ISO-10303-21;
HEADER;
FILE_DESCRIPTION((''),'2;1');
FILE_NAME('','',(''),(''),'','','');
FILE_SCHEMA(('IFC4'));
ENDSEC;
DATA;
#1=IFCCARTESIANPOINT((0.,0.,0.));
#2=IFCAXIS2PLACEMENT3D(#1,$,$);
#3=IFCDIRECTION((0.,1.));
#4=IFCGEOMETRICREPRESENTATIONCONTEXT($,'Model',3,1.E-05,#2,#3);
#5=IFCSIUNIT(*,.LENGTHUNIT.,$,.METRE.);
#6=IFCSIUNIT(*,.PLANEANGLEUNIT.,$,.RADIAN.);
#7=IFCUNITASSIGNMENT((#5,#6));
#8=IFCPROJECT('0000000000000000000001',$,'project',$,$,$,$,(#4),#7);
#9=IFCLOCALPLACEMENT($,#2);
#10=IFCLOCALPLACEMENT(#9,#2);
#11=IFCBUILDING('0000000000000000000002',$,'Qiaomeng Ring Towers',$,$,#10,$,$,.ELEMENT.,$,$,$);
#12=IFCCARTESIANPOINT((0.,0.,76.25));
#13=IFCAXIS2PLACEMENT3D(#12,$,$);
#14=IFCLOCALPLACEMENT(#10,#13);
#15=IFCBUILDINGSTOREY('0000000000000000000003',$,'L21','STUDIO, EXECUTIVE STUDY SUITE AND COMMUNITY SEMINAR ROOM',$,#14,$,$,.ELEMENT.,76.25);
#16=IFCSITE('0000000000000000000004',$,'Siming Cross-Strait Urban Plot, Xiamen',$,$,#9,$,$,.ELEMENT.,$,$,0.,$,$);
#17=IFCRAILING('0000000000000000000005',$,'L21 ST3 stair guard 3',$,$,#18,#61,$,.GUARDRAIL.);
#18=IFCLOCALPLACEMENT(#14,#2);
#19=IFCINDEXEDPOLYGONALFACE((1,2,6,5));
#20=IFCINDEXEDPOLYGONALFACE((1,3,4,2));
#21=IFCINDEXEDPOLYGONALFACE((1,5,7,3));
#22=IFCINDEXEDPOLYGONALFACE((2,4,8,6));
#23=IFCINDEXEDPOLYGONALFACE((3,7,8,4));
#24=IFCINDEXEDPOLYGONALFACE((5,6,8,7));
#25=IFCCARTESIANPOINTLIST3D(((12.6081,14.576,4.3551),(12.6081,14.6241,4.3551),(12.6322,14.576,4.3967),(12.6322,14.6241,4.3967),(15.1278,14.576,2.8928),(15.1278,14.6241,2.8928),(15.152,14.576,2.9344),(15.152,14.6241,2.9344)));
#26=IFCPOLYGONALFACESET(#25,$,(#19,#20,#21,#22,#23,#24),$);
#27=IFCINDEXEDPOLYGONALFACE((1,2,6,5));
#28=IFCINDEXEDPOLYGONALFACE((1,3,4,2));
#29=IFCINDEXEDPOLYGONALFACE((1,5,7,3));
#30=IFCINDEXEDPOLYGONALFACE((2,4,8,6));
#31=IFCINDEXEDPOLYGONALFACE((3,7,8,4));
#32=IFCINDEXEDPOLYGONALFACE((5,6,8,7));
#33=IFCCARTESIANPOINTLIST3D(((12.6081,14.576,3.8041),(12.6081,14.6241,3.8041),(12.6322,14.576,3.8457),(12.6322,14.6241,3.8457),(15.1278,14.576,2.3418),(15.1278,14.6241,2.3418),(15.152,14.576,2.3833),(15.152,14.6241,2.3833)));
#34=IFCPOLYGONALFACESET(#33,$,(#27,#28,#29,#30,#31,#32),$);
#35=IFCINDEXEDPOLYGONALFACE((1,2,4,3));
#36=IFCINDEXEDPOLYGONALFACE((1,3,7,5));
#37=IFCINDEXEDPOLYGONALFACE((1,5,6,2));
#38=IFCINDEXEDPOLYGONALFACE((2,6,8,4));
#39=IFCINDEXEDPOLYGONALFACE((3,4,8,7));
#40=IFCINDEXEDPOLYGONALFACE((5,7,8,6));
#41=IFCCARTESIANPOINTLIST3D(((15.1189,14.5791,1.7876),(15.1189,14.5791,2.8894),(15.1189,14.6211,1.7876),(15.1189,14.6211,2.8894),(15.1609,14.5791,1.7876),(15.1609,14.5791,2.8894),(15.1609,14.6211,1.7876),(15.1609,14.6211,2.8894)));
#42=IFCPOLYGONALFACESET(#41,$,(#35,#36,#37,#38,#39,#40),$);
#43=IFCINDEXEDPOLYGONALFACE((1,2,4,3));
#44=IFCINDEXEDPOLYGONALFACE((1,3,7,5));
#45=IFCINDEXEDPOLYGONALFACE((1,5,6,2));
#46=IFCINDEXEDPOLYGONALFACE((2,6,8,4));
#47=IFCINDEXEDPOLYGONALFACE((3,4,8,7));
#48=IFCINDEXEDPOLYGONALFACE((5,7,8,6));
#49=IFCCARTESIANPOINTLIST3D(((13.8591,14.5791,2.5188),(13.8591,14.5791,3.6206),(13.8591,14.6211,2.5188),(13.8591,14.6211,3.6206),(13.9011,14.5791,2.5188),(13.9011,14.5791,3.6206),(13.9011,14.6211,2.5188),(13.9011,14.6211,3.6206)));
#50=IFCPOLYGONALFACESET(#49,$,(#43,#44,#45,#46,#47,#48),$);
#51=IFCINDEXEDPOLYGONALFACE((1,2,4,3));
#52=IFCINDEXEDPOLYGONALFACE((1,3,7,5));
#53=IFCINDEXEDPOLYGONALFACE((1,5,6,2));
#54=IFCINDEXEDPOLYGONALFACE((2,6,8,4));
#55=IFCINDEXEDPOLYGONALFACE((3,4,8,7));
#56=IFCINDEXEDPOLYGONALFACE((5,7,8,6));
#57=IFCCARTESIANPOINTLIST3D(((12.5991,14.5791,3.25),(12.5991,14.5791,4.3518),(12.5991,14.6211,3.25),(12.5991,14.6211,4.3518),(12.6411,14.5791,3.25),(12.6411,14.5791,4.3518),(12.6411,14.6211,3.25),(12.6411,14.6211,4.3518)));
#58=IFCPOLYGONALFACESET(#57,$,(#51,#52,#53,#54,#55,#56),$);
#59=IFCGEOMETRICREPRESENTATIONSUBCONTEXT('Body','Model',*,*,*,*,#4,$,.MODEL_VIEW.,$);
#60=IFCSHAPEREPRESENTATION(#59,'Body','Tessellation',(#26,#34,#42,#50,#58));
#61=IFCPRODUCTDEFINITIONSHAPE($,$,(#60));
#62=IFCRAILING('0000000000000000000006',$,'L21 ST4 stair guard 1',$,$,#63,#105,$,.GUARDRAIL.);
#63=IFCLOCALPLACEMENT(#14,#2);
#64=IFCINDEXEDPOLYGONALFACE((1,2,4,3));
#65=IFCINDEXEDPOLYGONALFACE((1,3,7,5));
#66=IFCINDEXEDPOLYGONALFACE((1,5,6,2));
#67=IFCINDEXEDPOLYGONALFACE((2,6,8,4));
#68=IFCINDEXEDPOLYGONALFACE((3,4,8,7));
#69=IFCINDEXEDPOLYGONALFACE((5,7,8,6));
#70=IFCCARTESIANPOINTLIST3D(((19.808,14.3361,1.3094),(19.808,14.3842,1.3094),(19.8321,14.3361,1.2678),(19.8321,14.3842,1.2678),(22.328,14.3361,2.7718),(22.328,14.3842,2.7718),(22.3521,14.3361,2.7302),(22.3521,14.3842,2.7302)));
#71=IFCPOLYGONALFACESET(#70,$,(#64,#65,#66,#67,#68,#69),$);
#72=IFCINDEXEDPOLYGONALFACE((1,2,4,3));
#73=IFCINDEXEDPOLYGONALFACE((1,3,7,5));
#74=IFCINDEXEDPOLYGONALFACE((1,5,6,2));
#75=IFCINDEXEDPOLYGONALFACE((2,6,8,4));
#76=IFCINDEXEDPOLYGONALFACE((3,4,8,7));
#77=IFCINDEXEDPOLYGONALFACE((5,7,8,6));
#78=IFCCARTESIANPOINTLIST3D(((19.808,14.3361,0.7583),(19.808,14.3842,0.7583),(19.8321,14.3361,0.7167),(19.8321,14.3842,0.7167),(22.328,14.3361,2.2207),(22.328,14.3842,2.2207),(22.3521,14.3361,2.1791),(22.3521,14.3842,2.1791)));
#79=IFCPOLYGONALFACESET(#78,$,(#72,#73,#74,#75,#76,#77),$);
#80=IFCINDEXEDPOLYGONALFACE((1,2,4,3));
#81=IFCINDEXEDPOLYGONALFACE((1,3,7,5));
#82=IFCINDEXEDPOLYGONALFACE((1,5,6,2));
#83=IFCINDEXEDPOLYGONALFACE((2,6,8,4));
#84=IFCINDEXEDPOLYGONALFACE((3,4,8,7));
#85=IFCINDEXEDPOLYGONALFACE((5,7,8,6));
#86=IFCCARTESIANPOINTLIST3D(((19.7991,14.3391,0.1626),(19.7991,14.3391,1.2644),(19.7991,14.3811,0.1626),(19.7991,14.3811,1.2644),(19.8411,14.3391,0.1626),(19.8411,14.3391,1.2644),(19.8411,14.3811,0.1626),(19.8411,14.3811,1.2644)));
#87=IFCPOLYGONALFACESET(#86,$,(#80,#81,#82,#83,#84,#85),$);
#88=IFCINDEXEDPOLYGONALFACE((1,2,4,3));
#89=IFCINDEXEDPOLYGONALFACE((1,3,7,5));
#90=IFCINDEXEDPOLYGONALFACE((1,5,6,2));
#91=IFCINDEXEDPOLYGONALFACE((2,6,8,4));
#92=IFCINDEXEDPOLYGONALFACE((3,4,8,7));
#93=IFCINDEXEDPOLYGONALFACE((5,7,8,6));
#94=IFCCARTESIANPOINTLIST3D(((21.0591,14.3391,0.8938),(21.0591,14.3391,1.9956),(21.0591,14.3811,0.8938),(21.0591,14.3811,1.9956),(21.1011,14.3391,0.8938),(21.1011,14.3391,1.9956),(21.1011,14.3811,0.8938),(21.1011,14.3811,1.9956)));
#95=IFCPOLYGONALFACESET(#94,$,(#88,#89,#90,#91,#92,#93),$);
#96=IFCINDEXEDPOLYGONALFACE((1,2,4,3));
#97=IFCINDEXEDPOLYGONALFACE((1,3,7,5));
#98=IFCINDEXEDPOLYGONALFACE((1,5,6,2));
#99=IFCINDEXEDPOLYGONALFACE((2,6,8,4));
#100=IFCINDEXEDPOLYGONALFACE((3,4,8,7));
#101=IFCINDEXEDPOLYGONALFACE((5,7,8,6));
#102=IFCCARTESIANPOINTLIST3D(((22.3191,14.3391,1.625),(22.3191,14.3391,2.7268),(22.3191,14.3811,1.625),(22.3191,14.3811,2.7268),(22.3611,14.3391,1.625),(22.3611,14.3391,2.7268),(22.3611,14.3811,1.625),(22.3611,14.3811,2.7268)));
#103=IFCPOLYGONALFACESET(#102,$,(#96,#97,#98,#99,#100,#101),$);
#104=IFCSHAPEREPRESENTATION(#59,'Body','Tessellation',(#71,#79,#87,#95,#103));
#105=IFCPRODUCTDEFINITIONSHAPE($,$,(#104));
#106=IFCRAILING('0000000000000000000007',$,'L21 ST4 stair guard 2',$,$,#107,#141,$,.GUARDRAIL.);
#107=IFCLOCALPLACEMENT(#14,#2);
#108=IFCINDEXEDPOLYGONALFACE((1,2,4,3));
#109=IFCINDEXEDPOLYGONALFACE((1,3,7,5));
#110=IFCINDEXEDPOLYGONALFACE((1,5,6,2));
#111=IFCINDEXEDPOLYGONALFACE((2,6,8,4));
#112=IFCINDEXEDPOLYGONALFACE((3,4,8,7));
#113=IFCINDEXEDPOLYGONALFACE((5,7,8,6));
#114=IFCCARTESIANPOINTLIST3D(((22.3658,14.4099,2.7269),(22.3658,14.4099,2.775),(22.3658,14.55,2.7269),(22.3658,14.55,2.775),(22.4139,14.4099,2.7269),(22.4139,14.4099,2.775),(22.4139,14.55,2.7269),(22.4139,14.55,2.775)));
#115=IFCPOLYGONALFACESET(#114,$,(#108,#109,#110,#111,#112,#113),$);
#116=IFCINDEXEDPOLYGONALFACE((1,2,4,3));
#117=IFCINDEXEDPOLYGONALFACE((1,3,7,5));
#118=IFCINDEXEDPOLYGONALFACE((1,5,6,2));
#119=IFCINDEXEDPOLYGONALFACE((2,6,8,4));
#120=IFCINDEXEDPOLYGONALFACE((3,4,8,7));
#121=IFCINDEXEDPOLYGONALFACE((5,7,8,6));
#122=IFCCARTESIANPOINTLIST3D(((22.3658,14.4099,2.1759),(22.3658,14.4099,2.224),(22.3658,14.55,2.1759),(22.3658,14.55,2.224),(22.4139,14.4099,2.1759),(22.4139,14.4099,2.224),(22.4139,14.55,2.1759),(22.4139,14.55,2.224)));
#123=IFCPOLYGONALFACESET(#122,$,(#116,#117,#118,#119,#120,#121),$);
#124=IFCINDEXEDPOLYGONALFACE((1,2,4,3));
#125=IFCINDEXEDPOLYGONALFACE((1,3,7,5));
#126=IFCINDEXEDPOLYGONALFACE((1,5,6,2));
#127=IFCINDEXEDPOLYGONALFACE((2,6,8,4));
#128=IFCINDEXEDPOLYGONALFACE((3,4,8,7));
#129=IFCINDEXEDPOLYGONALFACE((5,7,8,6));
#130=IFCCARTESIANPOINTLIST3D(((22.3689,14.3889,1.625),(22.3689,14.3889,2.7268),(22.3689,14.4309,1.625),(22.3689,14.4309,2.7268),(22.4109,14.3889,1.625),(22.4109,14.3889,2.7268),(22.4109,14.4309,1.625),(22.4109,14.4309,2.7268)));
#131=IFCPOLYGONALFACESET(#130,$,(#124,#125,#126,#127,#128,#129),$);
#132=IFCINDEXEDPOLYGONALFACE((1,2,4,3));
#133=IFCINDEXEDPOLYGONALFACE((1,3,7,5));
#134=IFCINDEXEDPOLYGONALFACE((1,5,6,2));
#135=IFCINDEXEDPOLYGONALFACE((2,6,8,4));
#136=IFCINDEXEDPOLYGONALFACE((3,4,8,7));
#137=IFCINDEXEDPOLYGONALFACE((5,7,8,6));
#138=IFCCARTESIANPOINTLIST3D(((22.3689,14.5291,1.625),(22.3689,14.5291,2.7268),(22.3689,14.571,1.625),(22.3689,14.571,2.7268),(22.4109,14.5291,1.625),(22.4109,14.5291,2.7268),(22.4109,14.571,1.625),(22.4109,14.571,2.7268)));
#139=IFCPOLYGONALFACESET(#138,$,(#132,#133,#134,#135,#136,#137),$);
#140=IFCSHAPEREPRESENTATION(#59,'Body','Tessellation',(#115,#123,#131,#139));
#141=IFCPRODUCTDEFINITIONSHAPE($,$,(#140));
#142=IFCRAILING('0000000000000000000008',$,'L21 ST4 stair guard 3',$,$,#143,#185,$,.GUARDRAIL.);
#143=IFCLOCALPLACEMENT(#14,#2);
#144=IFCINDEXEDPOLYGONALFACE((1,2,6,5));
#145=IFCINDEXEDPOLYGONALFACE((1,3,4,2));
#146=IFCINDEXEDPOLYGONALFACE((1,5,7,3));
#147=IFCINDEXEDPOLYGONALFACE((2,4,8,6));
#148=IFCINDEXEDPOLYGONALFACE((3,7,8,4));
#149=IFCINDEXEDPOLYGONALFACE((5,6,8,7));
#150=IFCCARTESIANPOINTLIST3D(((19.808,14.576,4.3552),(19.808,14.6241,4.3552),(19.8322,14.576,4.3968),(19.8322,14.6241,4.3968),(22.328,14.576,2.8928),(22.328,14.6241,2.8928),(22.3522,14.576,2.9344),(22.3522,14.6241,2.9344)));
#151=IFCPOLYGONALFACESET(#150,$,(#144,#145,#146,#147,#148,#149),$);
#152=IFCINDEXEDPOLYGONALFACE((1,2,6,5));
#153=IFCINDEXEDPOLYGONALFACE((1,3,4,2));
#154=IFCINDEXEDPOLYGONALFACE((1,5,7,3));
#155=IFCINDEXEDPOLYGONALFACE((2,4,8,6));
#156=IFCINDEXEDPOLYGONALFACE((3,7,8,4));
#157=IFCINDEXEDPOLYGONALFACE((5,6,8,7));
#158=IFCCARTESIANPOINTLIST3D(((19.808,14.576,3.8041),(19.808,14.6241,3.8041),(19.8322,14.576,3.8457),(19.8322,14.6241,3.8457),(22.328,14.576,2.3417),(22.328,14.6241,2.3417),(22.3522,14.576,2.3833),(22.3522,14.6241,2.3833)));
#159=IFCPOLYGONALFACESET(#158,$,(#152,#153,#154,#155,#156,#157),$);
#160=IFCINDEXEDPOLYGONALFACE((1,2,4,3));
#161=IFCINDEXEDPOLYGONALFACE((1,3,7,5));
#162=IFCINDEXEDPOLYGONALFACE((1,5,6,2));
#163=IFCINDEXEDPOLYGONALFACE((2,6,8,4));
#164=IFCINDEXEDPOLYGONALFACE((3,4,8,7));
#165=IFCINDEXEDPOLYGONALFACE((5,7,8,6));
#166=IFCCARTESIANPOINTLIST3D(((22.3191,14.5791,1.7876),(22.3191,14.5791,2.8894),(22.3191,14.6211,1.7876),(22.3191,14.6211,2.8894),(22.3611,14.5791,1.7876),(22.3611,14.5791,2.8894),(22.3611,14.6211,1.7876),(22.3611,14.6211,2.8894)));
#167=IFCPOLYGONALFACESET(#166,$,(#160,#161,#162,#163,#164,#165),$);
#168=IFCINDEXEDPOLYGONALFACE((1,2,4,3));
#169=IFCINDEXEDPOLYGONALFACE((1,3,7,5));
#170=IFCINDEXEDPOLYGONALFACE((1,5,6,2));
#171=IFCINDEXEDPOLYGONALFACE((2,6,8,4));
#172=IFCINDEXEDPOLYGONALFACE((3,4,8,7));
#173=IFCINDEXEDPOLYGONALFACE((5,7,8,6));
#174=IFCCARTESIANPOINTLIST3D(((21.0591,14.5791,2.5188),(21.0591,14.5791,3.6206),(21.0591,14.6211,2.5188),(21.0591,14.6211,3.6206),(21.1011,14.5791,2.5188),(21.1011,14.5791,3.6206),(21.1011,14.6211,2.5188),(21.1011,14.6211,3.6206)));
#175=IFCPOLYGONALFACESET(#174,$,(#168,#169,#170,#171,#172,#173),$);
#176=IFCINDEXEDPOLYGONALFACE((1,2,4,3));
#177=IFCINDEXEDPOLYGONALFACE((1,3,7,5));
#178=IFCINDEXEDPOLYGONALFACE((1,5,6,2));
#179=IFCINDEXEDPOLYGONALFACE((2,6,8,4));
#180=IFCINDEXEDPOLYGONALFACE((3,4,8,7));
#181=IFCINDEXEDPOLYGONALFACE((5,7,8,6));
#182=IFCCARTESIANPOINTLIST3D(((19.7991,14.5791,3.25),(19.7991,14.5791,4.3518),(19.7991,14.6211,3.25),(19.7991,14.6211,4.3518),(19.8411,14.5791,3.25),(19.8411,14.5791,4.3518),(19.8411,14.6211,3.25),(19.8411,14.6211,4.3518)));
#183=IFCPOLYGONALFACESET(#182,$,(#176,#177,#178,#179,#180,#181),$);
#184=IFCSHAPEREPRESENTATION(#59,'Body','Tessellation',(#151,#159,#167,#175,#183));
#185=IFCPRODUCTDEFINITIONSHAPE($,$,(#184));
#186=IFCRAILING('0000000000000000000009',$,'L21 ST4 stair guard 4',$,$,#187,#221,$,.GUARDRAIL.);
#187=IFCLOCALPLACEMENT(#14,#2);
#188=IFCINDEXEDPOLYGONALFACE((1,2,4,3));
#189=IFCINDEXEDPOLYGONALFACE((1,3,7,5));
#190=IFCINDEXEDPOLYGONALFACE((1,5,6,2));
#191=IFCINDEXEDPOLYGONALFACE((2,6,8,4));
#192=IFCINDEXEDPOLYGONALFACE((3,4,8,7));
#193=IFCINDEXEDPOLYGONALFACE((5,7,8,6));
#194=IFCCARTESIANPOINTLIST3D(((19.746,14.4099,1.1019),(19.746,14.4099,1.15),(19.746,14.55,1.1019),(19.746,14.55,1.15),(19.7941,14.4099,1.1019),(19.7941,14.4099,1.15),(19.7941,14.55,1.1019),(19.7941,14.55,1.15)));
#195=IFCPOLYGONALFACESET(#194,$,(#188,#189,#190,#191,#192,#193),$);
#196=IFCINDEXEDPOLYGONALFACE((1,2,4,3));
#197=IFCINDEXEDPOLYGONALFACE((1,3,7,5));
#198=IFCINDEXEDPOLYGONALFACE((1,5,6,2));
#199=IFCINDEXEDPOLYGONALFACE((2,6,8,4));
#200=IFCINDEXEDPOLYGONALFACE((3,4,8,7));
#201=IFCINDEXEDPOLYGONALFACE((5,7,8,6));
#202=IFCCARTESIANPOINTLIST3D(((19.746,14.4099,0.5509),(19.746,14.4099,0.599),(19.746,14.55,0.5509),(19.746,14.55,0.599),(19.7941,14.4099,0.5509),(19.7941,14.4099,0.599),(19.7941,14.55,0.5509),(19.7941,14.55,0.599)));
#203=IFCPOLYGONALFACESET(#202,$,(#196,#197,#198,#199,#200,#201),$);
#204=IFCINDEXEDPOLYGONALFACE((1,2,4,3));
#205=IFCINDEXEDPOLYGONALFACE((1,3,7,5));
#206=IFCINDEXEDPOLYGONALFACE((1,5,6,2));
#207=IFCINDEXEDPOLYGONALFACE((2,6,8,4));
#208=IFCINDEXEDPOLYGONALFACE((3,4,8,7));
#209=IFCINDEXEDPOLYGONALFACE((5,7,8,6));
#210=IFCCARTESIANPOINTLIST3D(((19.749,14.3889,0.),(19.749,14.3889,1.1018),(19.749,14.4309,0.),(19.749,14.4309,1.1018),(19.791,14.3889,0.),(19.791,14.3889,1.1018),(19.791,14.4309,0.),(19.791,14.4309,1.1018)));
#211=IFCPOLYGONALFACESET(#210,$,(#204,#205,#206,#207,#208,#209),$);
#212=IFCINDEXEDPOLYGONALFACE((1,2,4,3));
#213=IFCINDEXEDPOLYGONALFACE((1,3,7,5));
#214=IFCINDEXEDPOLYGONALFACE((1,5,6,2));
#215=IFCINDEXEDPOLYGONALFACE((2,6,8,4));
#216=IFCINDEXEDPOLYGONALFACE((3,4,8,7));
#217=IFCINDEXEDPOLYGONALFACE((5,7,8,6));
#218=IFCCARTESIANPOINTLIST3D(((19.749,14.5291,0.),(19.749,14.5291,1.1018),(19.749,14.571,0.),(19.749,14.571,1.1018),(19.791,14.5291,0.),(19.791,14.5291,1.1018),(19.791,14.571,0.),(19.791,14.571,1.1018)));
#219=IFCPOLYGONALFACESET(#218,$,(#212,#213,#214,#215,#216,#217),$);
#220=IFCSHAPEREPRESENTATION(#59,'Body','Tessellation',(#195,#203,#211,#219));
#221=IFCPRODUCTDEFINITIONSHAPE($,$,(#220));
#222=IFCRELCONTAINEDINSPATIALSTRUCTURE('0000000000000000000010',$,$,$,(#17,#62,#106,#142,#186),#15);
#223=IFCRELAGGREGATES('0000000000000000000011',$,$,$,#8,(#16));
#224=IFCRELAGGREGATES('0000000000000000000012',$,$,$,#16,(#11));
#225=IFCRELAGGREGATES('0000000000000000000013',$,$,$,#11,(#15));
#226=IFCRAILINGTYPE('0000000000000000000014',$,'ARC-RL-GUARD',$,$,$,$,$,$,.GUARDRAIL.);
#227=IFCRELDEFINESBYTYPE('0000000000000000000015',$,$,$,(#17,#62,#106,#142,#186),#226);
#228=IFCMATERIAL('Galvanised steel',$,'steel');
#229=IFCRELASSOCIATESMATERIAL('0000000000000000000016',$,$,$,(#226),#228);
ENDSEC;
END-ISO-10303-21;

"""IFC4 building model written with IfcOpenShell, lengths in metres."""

from ifc_helpers import new_model, si_unit, direction, frame, origin, origin_2d, place, context, subcontext, project, spatial, rectangle, extrude, material, type_object, element, save


model = new_model("IFC4")

# Units and contexts
model_context = context("Model", 3, precision=1e-05, world=origin(), true_north=direction((0.0, 1.0)))
body_context = subcontext(model_context, "Body", "Model", "MODEL_VIEW")
ifc_project = project(units=[si_unit("LENGTHUNIT", "METRE"), si_unit("PLANEANGLEUNIT", "RADIAN")], contexts=[model_context])

# Site, building, storey
site_placement = place(None, origin())
site = spatial("IfcSite", under=ifc_project, at=site_placement, Name="Siming Cross-Strait Urban Plot, Xiamen", CompositionType="ELEMENT", RefElevation=0.0)
building_placement = place(site_placement, origin())
building = spatial("IfcBuilding", under=site, at=building_placement, Name="Qiaomeng Ring Towers", CompositionType="ELEMENT")
storey_placement = place(building_placement, frame((0.0, 0.0, 76.25)))
storey = spatial("IfcBuildingStorey", under=building, at=storey_placement, Name="L21", Description="STUDIO, EXECUTIVE STUDY SUITE AND COMMUNITY SEMINAR ROOM", CompositionType="ELEMENT", Elevation=76.25)

# Railings
ifc_material_1 = material(Name="Galvanised steel", Category="steel")
railing_type_1 = type_object("IfcRailingType", Name="ARC-RL-GUARD", PredefinedType="GUARDRAIL", material=ifc_material_1)
railing_1_placement = place(storey_placement, frame((15.1399, 14.6001, 1.7876)))
element("IfcRailing", 1, at=railing_1_placement, inside=storey, type_object=railing_type_1, Name="L21 ST3 stair guard 3", PredefinedType="GUARDRAIL", context=body_context, shape_type="SweptSolid", body=[
    extrude(rectangle(XDim=0.0481, YDim=0.0481, at=origin_2d()), frame((0.0, 0.0, 1.126), z_axis=(-0.864892, 0.0, 0.501958), x_axis=(0.0, -1.0, 0.0)), (0.0, 0.0, 1.0), 2.9133),
    extrude(rectangle(XDim=0.0481, YDim=0.0481, at=origin_2d()), frame((0.0, 0.0, 0.575), z_axis=(-0.864892, 0.0, 0.501958), x_axis=(0.0, -1.0, 0.0)), (0.0, 0.0, 1.0), 2.9133),
    extrude(rectangle(XDim=0.042, YDim=0.042, at=origin_2d()), origin(), (0.0, 0.0, 1.0), 1.1018),
    extrude(rectangle(XDim=0.042, YDim=0.042, at=origin_2d()), frame((-1.2598, 0.0, 0.7312)), (0.0, 0.0, 1.0), 1.1018),
    extrude(rectangle(XDim=0.042, YDim=0.042, at=origin_2d()), frame((-2.5198, 0.0, 1.4624)), (0.0, 0.0, 1.0), 1.1018),
])
railing_2_placement = place(storey_placement, frame((19.8201, 14.3601, 0.1626)))
element("IfcRailing", 2, at=railing_2_placement, inside=storey, type_object=railing_type_1, Name="L21 ST4 stair guard 1", PredefinedType="GUARDRAIL", context=body_context, shape_type="SweptSolid", body=[
    extrude(rectangle(XDim=0.0481, YDim=0.0481, at=origin_2d()), frame((0.0, 0.0, 1.126), z_axis=(0.864913, 0.0, 0.501921), x_axis=(0.0, 1.0, 0.0)), (0.0, 0.0, 1.0), 2.9136),
    extrude(rectangle(XDim=0.0481, YDim=0.0481, at=origin_2d()), frame((0.0, 0.0, 0.575), z_axis=(0.864913, 0.0, 0.501921), x_axis=(0.0, 1.0, 0.0)), (0.0, 0.0, 1.0), 2.9136),
    extrude(rectangle(XDim=0.042, YDim=0.042, at=origin_2d()), origin(), (0.0, 0.0, 1.0), 1.1018),
    extrude(rectangle(XDim=0.042, YDim=0.042, at=origin_2d()), frame((1.26, 0.0, 0.7312)), (0.0, 0.0, 1.0), 1.1018),
    extrude(rectangle(XDim=0.042, YDim=0.042, at=origin_2d()), frame((2.52, 0.0, 1.4624)), (0.0, 0.0, 1.0), 1.1018),
])
railing_3_placement = place(storey_placement, frame((22.3899, 14.4099, 1.625)))
element("IfcRailing", 3, at=railing_3_placement, inside=storey, type_object=railing_type_1, Name="L21 ST4 stair guard 2", PredefinedType="GUARDRAIL", context=body_context, shape_type="SweptSolid", body=[
    extrude(rectangle(XDim=0.0481, YDim=0.0481, at=origin_2d()), frame((0.0, 0.0, 1.126), z_axis=(0.0, 1.0, 0.0), x_axis=(-1.0, 0.0, 0.0)), (0.0, 0.0, 1.0), 0.1401),
    extrude(rectangle(XDim=0.0481, YDim=0.0481, at=origin_2d()), frame((0.0, 0.0, 0.575), z_axis=(0.0, 1.0, 0.0), x_axis=(-1.0, 0.0, 0.0)), (0.0, 0.0, 1.0), 0.1401),
    extrude(rectangle(XDim=0.042, YDim=0.042, at=origin_2d()), origin(), (0.0, 0.0, 1.0), 1.1018),
    extrude(rectangle(XDim=0.042, YDim=0.042, at=origin_2d()), frame((0.0, 0.1401, 0.0)), (0.0, 0.0, 1.0), 1.1018),
])
railing_4_placement = place(storey_placement, frame((22.3401, 14.6001, 1.7876)))
element("IfcRailing", 4, at=railing_4_placement, inside=storey, type_object=railing_type_1, Name="L21 ST4 stair guard 3", PredefinedType="GUARDRAIL", context=body_context, shape_type="SweptSolid", body=[
    extrude(rectangle(XDim=0.0481, YDim=0.0481, at=origin_2d()), frame((0.0, 0.0, 1.126), z_axis=(-0.864913, 0.0, 0.501921), x_axis=(0.0, -1.0, 0.0)), (0.0, 0.0, 1.0), 2.9136),
    extrude(rectangle(XDim=0.0481, YDim=0.0481, at=origin_2d()), frame((0.0, 0.0, 0.575), z_axis=(-0.864913, 0.0, 0.501921), x_axis=(0.0, -1.0, 0.0)), (0.0, 0.0, 1.0), 2.9136),
    extrude(rectangle(XDim=0.042, YDim=0.042, at=origin_2d()), origin(), (0.0, 0.0, 1.0), 1.1018),
    extrude(rectangle(XDim=0.042, YDim=0.042, at=origin_2d()), frame((-1.26, 0.0, 0.7312)), (0.0, 0.0, 1.0), 1.1018),
    extrude(rectangle(XDim=0.042, YDim=0.042, at=origin_2d()), frame((-2.52, 0.0, 1.4624)), (0.0, 0.0, 1.0), 1.1018),
])
railing_5_placement = place(storey_placement, frame((19.77, 14.4099, 0.0)))
element("IfcRailing", 5, at=railing_5_placement, inside=storey, type_object=railing_type_1, Name="L21 ST4 stair guard 4", PredefinedType="GUARDRAIL", context=body_context, shape_type="SweptSolid", body=[
    extrude(rectangle(XDim=0.0481, YDim=0.0481, at=origin_2d()), frame((0.0, 0.0, 1.126), z_axis=(0.0, 1.0, 0.0), x_axis=(-1.0, 0.0, 0.0)), (0.0, 0.0, 1.0), 0.1401),
    extrude(rectangle(XDim=0.0481, YDim=0.0481, at=origin_2d()), frame((0.0, 0.0, 0.575), z_axis=(0.0, 1.0, 0.0), x_axis=(-1.0, 0.0, 0.0)), (0.0, 0.0, 1.0), 0.1401),
    extrude(rectangle(XDim=0.042, YDim=0.042, at=origin_2d()), origin(), (0.0, 0.0, 1.0), 1.1018),
    extrude(rectangle(XDim=0.042, YDim=0.042, at=origin_2d()), frame((0.0, 0.1401, 0.0)), (0.0, 0.0, 1.0), 1.1018),
])

save(model, "model.ifc")
